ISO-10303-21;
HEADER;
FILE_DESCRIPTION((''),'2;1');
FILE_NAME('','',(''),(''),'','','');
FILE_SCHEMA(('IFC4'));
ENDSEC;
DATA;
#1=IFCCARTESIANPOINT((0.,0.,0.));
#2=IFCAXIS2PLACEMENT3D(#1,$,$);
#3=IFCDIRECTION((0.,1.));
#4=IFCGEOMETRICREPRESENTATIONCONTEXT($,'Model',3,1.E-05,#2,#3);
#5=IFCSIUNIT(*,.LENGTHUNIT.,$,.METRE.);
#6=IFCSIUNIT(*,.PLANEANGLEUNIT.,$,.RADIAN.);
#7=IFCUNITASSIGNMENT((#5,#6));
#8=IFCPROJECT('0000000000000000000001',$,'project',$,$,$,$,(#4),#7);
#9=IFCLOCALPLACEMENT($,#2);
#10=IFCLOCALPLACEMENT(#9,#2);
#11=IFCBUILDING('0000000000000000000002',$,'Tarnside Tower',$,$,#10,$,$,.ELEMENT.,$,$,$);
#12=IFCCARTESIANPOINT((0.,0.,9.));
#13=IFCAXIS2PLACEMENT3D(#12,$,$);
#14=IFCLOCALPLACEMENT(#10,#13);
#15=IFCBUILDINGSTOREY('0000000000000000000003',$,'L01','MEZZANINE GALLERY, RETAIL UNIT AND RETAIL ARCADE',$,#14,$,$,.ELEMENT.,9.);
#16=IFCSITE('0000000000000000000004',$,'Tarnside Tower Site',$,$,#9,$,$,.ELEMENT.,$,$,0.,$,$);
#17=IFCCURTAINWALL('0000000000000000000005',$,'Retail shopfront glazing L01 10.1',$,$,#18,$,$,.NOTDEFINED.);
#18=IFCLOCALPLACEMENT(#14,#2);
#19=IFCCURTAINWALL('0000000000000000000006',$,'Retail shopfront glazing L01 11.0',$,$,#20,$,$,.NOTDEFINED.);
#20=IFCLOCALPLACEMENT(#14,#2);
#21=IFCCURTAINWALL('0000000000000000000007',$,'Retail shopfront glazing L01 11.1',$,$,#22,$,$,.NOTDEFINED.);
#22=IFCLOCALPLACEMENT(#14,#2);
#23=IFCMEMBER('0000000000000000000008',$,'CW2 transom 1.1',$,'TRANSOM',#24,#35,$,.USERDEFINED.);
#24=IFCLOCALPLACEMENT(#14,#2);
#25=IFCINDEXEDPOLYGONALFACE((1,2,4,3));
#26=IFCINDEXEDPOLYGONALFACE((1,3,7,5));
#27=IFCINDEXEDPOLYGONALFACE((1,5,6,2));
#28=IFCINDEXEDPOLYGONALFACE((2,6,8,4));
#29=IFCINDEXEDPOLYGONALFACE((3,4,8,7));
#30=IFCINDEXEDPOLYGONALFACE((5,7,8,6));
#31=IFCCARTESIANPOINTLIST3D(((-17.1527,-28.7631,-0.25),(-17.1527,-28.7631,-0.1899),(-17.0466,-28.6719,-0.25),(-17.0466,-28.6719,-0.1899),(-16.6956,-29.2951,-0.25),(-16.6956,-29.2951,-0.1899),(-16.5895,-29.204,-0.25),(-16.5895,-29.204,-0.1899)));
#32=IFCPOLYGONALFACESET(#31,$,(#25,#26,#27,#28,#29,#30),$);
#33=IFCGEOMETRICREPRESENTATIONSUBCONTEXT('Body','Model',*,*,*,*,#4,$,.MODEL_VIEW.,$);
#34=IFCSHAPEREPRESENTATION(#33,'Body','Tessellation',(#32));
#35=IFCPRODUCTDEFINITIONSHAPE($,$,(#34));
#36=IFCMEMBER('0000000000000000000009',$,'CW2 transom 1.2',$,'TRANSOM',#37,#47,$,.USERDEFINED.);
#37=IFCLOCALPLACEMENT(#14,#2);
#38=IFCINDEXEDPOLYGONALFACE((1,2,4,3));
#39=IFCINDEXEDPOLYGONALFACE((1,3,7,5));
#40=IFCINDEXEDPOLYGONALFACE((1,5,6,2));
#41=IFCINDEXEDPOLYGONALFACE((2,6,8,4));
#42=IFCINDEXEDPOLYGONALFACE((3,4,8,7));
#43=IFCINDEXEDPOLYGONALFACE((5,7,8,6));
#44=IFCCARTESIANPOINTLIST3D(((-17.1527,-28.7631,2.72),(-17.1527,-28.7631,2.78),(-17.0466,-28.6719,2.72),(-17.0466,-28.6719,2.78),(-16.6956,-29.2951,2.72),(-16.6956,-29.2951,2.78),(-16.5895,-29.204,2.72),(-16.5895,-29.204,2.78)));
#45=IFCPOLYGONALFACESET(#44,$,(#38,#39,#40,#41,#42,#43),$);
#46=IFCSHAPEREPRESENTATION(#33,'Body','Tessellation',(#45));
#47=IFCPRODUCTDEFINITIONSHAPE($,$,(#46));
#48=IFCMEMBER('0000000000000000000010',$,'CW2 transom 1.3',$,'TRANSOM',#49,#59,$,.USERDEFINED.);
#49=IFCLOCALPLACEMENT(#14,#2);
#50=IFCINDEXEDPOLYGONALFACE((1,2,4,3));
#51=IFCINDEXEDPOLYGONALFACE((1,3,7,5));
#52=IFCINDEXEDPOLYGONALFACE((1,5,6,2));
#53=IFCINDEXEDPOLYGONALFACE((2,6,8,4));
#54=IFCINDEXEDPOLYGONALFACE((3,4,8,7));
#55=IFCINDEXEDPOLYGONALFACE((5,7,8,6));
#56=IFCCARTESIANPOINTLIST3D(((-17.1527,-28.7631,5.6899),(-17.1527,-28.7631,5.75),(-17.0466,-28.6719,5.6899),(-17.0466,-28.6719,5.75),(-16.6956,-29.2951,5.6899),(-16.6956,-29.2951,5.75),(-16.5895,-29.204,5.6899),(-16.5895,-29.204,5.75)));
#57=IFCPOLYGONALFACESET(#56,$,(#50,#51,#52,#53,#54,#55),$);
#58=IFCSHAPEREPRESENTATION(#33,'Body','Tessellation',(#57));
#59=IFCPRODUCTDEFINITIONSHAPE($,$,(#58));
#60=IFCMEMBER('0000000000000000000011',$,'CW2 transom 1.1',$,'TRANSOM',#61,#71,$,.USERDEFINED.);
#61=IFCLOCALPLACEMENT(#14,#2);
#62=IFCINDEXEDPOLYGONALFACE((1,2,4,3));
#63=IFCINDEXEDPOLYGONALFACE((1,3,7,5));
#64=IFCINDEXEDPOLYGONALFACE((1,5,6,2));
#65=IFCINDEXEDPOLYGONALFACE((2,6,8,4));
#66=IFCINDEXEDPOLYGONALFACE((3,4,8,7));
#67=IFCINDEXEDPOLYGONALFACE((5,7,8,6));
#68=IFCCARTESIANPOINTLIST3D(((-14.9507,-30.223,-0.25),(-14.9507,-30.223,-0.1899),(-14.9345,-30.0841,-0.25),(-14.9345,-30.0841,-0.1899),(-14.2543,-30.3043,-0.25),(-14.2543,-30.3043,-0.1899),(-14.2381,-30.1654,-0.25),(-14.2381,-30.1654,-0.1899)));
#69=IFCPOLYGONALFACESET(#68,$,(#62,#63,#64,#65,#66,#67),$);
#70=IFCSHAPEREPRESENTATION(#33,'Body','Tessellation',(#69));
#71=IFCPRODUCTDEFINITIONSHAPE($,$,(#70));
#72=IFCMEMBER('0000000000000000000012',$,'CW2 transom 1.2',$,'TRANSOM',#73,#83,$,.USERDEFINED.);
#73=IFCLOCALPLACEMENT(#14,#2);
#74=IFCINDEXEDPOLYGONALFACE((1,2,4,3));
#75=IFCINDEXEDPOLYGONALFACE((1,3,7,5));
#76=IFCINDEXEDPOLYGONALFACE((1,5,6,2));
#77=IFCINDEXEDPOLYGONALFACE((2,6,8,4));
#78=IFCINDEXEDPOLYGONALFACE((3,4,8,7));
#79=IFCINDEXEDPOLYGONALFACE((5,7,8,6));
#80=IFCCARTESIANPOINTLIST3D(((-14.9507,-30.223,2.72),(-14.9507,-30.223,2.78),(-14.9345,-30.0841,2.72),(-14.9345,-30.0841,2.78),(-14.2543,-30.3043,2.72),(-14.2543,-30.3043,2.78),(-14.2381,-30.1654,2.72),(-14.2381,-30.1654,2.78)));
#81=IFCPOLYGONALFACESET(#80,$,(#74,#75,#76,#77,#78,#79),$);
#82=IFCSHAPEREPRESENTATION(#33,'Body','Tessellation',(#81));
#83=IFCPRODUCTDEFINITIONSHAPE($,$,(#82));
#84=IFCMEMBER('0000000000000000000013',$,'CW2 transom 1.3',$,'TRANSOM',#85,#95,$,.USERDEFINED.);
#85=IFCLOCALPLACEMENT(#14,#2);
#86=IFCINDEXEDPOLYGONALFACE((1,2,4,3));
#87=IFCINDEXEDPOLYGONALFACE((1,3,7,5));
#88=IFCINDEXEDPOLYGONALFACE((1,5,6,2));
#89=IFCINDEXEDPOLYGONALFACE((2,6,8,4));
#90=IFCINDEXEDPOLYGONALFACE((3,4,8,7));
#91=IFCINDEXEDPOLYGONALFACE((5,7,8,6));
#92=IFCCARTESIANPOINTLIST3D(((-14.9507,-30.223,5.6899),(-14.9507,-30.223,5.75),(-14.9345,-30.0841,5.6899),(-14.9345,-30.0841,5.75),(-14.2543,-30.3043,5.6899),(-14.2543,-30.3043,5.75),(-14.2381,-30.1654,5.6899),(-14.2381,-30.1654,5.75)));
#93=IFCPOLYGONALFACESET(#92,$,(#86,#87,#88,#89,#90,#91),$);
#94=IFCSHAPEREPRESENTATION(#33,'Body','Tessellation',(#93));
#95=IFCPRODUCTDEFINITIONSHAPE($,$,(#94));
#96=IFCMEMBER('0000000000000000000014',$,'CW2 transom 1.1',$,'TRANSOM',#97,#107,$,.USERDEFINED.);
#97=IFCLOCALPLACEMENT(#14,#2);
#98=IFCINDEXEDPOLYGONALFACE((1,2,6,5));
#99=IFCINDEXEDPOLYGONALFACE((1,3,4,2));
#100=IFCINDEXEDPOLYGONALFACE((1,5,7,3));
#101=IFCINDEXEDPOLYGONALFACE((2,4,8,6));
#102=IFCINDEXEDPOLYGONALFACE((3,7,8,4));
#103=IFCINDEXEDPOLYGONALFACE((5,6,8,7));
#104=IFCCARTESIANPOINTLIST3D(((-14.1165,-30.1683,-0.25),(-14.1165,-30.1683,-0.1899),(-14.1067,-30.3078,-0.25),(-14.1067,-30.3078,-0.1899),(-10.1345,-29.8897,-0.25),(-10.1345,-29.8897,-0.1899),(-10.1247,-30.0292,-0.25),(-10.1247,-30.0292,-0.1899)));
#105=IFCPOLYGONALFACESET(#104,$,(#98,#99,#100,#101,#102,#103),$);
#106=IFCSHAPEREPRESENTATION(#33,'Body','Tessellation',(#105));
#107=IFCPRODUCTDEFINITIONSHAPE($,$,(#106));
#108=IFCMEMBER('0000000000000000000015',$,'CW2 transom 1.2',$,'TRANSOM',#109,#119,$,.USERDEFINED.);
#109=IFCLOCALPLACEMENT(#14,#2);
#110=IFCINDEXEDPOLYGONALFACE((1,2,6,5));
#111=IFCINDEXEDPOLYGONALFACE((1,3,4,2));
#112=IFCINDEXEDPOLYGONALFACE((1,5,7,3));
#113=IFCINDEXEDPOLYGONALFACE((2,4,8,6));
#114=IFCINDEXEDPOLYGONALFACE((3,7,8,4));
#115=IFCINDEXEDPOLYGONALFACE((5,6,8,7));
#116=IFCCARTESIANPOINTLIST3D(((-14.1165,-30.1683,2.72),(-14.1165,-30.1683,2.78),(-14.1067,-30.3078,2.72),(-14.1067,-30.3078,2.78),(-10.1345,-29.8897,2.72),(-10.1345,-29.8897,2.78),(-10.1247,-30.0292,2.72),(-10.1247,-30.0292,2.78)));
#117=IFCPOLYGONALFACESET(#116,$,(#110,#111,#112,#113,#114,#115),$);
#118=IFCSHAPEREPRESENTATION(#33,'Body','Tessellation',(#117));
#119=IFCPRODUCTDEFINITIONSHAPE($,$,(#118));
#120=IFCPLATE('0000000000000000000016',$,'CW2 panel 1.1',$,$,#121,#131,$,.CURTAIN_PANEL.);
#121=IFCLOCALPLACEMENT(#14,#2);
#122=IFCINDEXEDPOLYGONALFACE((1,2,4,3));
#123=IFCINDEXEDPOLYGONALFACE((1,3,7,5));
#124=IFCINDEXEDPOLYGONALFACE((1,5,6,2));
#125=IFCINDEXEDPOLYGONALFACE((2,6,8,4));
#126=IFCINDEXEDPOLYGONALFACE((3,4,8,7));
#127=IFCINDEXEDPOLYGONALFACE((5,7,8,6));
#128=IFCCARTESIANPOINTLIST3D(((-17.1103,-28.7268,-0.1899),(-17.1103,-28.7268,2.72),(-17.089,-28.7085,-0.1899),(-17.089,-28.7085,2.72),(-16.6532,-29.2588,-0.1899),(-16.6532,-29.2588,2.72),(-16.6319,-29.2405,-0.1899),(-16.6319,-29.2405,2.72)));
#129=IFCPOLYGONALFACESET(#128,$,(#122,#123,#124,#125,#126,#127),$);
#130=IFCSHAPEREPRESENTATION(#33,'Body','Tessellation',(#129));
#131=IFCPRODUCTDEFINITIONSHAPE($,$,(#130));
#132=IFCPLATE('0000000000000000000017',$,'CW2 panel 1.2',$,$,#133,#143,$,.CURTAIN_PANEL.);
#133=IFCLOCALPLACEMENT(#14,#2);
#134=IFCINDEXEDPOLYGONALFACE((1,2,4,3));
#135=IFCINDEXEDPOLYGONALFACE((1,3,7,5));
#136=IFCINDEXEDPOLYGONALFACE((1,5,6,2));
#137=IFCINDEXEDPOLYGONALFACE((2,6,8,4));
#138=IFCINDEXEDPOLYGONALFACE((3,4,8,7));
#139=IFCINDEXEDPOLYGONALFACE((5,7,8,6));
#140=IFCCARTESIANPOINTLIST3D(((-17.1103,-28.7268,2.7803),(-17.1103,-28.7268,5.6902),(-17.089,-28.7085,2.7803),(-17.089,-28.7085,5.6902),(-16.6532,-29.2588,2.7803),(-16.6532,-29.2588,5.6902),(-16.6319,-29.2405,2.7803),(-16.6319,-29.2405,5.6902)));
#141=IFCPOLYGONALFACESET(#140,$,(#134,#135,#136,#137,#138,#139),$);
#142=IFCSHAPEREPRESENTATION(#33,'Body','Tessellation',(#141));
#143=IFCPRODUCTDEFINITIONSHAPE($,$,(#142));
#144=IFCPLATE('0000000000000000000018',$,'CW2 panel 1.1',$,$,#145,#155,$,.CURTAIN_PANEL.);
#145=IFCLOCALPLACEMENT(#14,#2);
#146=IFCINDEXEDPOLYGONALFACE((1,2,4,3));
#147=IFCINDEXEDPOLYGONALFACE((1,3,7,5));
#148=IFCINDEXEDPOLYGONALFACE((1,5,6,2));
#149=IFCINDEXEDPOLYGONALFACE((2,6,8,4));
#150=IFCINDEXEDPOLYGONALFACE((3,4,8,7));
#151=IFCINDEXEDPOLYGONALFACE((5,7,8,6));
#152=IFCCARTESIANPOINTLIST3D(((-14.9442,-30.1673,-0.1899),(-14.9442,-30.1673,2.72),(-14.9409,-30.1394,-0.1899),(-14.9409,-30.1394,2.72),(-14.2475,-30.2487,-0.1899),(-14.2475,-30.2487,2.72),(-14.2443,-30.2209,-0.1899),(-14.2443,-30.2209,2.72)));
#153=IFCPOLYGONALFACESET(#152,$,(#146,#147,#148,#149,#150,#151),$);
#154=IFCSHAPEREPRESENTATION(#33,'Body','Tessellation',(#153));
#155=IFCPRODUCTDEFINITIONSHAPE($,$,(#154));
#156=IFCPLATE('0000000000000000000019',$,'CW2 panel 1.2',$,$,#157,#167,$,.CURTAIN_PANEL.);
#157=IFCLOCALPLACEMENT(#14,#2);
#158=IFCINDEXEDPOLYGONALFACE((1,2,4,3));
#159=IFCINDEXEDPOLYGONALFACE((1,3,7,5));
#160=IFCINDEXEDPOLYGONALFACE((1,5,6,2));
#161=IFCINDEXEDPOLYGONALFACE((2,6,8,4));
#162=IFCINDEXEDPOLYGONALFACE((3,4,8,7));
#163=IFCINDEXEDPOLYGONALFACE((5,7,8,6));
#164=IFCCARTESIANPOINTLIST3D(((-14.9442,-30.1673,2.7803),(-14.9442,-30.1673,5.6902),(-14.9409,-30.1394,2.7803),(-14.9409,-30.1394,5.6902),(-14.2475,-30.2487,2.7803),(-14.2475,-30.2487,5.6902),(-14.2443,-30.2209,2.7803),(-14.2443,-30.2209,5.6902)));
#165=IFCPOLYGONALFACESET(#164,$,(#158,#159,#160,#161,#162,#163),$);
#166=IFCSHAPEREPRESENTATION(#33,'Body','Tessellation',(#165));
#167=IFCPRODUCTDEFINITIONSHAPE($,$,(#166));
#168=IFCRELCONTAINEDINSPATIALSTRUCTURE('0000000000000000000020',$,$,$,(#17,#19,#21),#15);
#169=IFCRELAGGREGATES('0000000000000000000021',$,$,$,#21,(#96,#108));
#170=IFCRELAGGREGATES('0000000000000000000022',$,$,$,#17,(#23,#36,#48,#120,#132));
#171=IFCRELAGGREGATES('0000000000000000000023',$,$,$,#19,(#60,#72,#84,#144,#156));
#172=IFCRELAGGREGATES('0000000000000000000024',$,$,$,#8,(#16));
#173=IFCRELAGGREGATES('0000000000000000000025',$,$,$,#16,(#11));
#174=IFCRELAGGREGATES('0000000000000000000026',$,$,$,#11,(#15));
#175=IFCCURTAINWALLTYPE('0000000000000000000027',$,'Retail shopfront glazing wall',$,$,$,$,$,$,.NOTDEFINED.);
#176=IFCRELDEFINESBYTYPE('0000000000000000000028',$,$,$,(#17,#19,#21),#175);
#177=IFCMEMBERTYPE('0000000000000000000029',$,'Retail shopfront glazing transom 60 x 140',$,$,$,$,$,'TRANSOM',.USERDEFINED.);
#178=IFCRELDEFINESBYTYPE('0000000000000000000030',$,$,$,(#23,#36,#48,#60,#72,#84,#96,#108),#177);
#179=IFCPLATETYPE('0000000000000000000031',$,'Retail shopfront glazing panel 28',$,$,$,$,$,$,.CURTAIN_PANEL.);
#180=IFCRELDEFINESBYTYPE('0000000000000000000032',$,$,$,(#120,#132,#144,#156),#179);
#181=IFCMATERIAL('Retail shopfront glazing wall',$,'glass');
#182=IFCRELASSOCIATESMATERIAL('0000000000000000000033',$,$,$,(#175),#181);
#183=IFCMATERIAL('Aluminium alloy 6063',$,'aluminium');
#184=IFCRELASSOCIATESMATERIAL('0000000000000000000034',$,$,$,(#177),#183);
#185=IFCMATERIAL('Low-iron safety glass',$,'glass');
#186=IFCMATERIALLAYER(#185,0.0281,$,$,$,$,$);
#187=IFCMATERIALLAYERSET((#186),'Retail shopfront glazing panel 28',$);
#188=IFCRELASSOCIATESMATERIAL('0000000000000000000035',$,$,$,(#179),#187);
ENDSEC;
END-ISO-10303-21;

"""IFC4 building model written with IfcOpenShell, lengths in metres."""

from ifc_helpers import new_model, si_unit, direction, frame, origin, origin_2d, place, context, subcontext, project, spatial, rectangle, extrude, material, layer, layer_set, material_profile, profile_set, type_object, element, aggregate, save


model = new_model("IFC4")

# Units and contexts
model_context = context("Model", 3, precision=1e-05, world=origin(), true_north=direction((0.0, 1.0)))
body_context = subcontext(model_context, "Body", "Model", "MODEL_VIEW")
ifc_project = project(units=[si_unit("LENGTHUNIT", "METRE"), si_unit("PLANEANGLEUNIT", "RADIAN")], contexts=[model_context])

# Site, building, storey
site_placement = place(None, origin())
site = spatial("IfcSite", under=ifc_project, at=site_placement, Name="Tarnside Tower Site", CompositionType="ELEMENT", RefElevation=0.0)
building_placement = place(site_placement, origin())
building = spatial("IfcBuilding", under=site, at=building_placement, Name="Tarnside Tower", CompositionType="ELEMENT")
storey_placement = place(building_placement, frame((0.0, 0.0, 9.0)))
storey = spatial("IfcBuildingStorey", under=building, at=storey_placement, Name="L01", Description="MEZZANINE GALLERY, RETAIL UNIT AND RETAIL ARCADE", CompositionType="ELEMENT", Elevation=9.0)

# Shared definitions
ifc_material_1 = material(Name="Retail shopfront glazing wall", Category="glass")
curtain_wall_type = type_object("IfcCurtainWallType", Name="Retail shopfront glazing wall", PredefinedType="NOTDEFINED", material=ifc_material_1)
ifc_material_2 = material(Name="Aluminium alloy 6063", Category="aluminium")

# Curtain walls
curtain_wall_1_placement = place(storey_placement, origin())
curtain_wall_1 = element("IfcCurtainWall", 1, at=curtain_wall_1_placement, inside=storey, type_object=curtain_wall_type, Name="Retail shopfront glazing L01 10.1", PredefinedType="NOTDEFINED")
curtain_wall_2_placement = place(storey_placement, origin())
curtain_wall_2 = element("IfcCurtainWall", 2, at=curtain_wall_2_placement, inside=storey, type_object=curtain_wall_type, Name="Retail shopfront glazing L01 11.0", PredefinedType="NOTDEFINED")

# Curtain wall
curtain_wall_3_placement = place(storey_placement, origin())
curtain_wall_3 = element("IfcCurtainWall", 3, at=curtain_wall_3_placement, inside=storey, type_object=curtain_wall_type, Name="Retail shopfront glazing L01 11.1", PredefinedType="NOTDEFINED")

# Members
ifc_material_profile_1 = material_profile(ifc_material_2, rectangle(XDim=0.1399, YDim=0.0601, at=origin_2d()), Name="Retail shopfront glazing transom 60 x 140")
ifc_profile_set_1 = profile_set([ifc_material_profile_1], Name="Aluminium alloy 6063")
member_type_1 = type_object("IfcMemberType", Name="Retail shopfront glazing transom 60 x 140", ElementType="TRANSOM", PredefinedType="USERDEFINED", material=ifc_profile_set_1)
member_1_placement = place(storey_placement, frame((-17.0996, -28.7175, -0.22), z_axis=(0.651651, -0.758519, 0.0), x_axis=(0.758519, 0.651651, 0.0)))
member_1 = element("IfcMember", 4, at=member_1_placement, type_object=member_type_1, Name="CW2 transom 1.1", ObjectType="TRANSOM", PredefinedType="USERDEFINED", context=body_context, shape_type="SweptSolid", body=[
    extrude(rectangle(XDim=0.1399, YDim=0.0601, at=origin_2d()), origin(), (0.0, 0.0, 1.0), 0.7014),
])
member_2_placement = place(storey_placement, frame((-17.0996, -28.7175, 2.75), z_axis=(0.651651, -0.758519, 0.0), x_axis=(0.758519, 0.651651, 0.0)))
member_2 = element("IfcMember", 5, at=member_2_placement, type_object=member_type_1, Name="CW2 transom 1.2", ObjectType="TRANSOM", PredefinedType="USERDEFINED", context=body_context, shape_type="SweptSolid", body=[
    extrude(rectangle(XDim=0.1399, YDim=0.0601, at=origin_2d()), origin(), (0.0, 0.0, 1.0), 0.7014),
])
member_3_placement = place(storey_placement, frame((-17.0996, -28.7175, 5.72), z_axis=(0.651651, -0.758519, 0.0), x_axis=(0.758519, 0.651651, 0.0)))
member_3 = element("IfcMember", 6, at=member_3_placement, type_object=member_type_1, Name="CW2 transom 1.3", ObjectType="TRANSOM", PredefinedType="USERDEFINED", context=body_context, shape_type="SweptSolid", body=[
    extrude(rectangle(XDim=0.1399, YDim=0.0601, at=origin_2d()), origin(), (0.0, 0.0, 1.0), 0.7014),
])
member_4_placement = place(storey_placement, frame((-14.9426, -30.1536, -0.22), z_axis=(0.993257, -0.115932, 0.0), x_axis=(0.115932, 0.993257, 0.0)))
member_4 = element("IfcMember", 7, at=member_4_placement, type_object=member_type_1, Name="CW2 transom 1.1", ObjectType="TRANSOM", PredefinedType="USERDEFINED", context=body_context, shape_type="SweptSolid", body=[
    extrude(rectangle(XDim=0.1399, YDim=0.0601, at=origin_2d()), origin(), (0.0, 0.0, 1.0), 0.7012),
])
member_5_placement = place(storey_placement, frame((-14.9426, -30.1536, 2.75), z_axis=(0.993257, -0.115932, 0.0), x_axis=(0.115932, 0.993257, 0.0)))
member_5 = element("IfcMember", 8, at=member_5_placement, type_object=member_type_1, Name="CW2 transom 1.2", ObjectType="TRANSOM", PredefinedType="USERDEFINED", context=body_context, shape_type="SweptSolid", body=[
    extrude(rectangle(XDim=0.1399, YDim=0.0601, at=origin_2d()), origin(), (0.0, 0.0, 1.0), 0.7012),
])
member_6_placement = place(storey_placement, frame((-14.9426, -30.1536, 5.72), z_axis=(0.993257, -0.115932, 0.0), x_axis=(0.115932, 0.993257, 0.0)))
member_6 = element("IfcMember", 9, at=member_6_placement, type_object=member_type_1, Name="CW2 transom 1.3", ObjectType="TRANSOM", PredefinedType="USERDEFINED", context=body_context, shape_type="SweptSolid", body=[
    extrude(rectangle(XDim=0.1399, YDim=0.0601, at=origin_2d()), origin(), (0.0, 0.0, 1.0), 0.7012),
])
member_7_placement = place(storey_placement, frame((-14.1116, -30.238, -0.22), z_axis=(0.997562, 0.069787, 0.0), x_axis=(-0.069787, 0.997562, 0.0)))
member_7 = element("IfcMember", 10, at=member_7_placement, type_object=member_type_1, Name="CW2 transom 1.1", ObjectType="TRANSOM", PredefinedType="USERDEFINED", context=body_context, shape_type="SweptSolid", body=[
    extrude(rectangle(XDim=0.1399, YDim=0.0601, at=origin_2d()), origin(), (0.0, 0.0, 1.0), 3.9917),
])
member_8_placement = place(storey_placement, frame((-14.1116, -30.238, 2.75), z_axis=(0.997562, 0.069787, 0.0), x_axis=(-0.069787, 0.997562, 0.0)))
member_8 = element("IfcMember", 11, at=member_8_placement, type_object=member_type_1, Name="CW2 transom 1.2", ObjectType="TRANSOM", PredefinedType="USERDEFINED", context=body_context, shape_type="SweptSolid", body=[
    extrude(rectangle(XDim=0.1399, YDim=0.0601, at=origin_2d()), origin(), (0.0, 0.0, 1.0), 3.9917),
])
aggregate(curtain_wall_3, [member_7, member_8])

# Plates
ifc_material_3 = material(Name="Low-iron safety glass", Category="glass")
ifc_layer_1 = layer(ifc_material_3, 0.0281)
ifc_layer_set_1 = layer_set([ifc_layer_1], Name="Retail shopfront glazing panel 28")
plate_type = type_object("IfcPlateType", Name="Retail shopfront glazing panel 28", PredefinedType="CURTAIN_PANEL", material=ifc_layer_set_1)
plate_1_placement = place(storey_placement, frame((-16.8711, -28.9836, -0.1899), z_axis=(0.0, 0.0, 1.0), x_axis=(0.651657, -0.758514, 0.0)))
plate_1 = element("IfcPlate", 12, at=plate_1_placement, type_object=plate_type, Name="CW2 panel 1.1", PredefinedType="CURTAIN_PANEL", context=body_context, shape_type="SweptSolid", body=[
    extrude(rectangle(XDim=0.7014, YDim=0.0281, at=origin_2d()), origin(), (0.0, 0.0, 1.0), 2.9099),
])
plate_2_placement = place(storey_placement, frame((-16.8711, -28.9836, 2.7803), z_axis=(0.0, 0.0, 1.0), x_axis=(0.651657, -0.758514, 0.0)))
plate_2 = element("IfcPlate", 13, at=plate_2_placement, type_object=plate_type, Name="CW2 panel 1.2", PredefinedType="CURTAIN_PANEL", context=body_context, shape_type="SweptSolid", body=[
    extrude(rectangle(XDim=0.7014, YDim=0.0281, at=origin_2d()), origin(), (0.0, 0.0, 1.0), 2.9099),
])
aggregate(curtain_wall_1, [member_1, member_2, member_3, plate_1, plate_2])
plate_3_placement = place(storey_placement, frame((-14.5942, -30.1941, -0.1899), z_axis=(0.0, 0.0, 1.0), x_axis=(0.993238, -0.116093, 0.0)))
plate_3 = element("IfcPlate", 14, at=plate_3_placement, type_object=plate_type, Name="CW2 panel 1.1", PredefinedType="CURTAIN_PANEL", context=body_context, shape_type="SweptSolid", body=[
    extrude(rectangle(XDim=0.7014, YDim=0.0281, at=origin_2d()), origin(), (0.0, 0.0, 1.0), 2.9099),
])
plate_4_placement = place(storey_placement, frame((-14.5942, -30.1941, 2.7803), z_axis=(0.0, 0.0, 1.0), x_axis=(0.993238, -0.116093, 0.0)))
plate_4 = element("IfcPlate", 15, at=plate_4_placement, type_object=plate_type, Name="CW2 panel 1.2", PredefinedType="CURTAIN_PANEL", context=body_context, shape_type="SweptSolid", body=[
    extrude(rectangle(XDim=0.7014, YDim=0.0281, at=origin_2d()), origin(), (0.0, 0.0, 1.0), 2.9099),
])
aggregate(curtain_wall_2, [member_4, member_5, member_6, plate_3, plate_4])

save(model, "model.ifc")
